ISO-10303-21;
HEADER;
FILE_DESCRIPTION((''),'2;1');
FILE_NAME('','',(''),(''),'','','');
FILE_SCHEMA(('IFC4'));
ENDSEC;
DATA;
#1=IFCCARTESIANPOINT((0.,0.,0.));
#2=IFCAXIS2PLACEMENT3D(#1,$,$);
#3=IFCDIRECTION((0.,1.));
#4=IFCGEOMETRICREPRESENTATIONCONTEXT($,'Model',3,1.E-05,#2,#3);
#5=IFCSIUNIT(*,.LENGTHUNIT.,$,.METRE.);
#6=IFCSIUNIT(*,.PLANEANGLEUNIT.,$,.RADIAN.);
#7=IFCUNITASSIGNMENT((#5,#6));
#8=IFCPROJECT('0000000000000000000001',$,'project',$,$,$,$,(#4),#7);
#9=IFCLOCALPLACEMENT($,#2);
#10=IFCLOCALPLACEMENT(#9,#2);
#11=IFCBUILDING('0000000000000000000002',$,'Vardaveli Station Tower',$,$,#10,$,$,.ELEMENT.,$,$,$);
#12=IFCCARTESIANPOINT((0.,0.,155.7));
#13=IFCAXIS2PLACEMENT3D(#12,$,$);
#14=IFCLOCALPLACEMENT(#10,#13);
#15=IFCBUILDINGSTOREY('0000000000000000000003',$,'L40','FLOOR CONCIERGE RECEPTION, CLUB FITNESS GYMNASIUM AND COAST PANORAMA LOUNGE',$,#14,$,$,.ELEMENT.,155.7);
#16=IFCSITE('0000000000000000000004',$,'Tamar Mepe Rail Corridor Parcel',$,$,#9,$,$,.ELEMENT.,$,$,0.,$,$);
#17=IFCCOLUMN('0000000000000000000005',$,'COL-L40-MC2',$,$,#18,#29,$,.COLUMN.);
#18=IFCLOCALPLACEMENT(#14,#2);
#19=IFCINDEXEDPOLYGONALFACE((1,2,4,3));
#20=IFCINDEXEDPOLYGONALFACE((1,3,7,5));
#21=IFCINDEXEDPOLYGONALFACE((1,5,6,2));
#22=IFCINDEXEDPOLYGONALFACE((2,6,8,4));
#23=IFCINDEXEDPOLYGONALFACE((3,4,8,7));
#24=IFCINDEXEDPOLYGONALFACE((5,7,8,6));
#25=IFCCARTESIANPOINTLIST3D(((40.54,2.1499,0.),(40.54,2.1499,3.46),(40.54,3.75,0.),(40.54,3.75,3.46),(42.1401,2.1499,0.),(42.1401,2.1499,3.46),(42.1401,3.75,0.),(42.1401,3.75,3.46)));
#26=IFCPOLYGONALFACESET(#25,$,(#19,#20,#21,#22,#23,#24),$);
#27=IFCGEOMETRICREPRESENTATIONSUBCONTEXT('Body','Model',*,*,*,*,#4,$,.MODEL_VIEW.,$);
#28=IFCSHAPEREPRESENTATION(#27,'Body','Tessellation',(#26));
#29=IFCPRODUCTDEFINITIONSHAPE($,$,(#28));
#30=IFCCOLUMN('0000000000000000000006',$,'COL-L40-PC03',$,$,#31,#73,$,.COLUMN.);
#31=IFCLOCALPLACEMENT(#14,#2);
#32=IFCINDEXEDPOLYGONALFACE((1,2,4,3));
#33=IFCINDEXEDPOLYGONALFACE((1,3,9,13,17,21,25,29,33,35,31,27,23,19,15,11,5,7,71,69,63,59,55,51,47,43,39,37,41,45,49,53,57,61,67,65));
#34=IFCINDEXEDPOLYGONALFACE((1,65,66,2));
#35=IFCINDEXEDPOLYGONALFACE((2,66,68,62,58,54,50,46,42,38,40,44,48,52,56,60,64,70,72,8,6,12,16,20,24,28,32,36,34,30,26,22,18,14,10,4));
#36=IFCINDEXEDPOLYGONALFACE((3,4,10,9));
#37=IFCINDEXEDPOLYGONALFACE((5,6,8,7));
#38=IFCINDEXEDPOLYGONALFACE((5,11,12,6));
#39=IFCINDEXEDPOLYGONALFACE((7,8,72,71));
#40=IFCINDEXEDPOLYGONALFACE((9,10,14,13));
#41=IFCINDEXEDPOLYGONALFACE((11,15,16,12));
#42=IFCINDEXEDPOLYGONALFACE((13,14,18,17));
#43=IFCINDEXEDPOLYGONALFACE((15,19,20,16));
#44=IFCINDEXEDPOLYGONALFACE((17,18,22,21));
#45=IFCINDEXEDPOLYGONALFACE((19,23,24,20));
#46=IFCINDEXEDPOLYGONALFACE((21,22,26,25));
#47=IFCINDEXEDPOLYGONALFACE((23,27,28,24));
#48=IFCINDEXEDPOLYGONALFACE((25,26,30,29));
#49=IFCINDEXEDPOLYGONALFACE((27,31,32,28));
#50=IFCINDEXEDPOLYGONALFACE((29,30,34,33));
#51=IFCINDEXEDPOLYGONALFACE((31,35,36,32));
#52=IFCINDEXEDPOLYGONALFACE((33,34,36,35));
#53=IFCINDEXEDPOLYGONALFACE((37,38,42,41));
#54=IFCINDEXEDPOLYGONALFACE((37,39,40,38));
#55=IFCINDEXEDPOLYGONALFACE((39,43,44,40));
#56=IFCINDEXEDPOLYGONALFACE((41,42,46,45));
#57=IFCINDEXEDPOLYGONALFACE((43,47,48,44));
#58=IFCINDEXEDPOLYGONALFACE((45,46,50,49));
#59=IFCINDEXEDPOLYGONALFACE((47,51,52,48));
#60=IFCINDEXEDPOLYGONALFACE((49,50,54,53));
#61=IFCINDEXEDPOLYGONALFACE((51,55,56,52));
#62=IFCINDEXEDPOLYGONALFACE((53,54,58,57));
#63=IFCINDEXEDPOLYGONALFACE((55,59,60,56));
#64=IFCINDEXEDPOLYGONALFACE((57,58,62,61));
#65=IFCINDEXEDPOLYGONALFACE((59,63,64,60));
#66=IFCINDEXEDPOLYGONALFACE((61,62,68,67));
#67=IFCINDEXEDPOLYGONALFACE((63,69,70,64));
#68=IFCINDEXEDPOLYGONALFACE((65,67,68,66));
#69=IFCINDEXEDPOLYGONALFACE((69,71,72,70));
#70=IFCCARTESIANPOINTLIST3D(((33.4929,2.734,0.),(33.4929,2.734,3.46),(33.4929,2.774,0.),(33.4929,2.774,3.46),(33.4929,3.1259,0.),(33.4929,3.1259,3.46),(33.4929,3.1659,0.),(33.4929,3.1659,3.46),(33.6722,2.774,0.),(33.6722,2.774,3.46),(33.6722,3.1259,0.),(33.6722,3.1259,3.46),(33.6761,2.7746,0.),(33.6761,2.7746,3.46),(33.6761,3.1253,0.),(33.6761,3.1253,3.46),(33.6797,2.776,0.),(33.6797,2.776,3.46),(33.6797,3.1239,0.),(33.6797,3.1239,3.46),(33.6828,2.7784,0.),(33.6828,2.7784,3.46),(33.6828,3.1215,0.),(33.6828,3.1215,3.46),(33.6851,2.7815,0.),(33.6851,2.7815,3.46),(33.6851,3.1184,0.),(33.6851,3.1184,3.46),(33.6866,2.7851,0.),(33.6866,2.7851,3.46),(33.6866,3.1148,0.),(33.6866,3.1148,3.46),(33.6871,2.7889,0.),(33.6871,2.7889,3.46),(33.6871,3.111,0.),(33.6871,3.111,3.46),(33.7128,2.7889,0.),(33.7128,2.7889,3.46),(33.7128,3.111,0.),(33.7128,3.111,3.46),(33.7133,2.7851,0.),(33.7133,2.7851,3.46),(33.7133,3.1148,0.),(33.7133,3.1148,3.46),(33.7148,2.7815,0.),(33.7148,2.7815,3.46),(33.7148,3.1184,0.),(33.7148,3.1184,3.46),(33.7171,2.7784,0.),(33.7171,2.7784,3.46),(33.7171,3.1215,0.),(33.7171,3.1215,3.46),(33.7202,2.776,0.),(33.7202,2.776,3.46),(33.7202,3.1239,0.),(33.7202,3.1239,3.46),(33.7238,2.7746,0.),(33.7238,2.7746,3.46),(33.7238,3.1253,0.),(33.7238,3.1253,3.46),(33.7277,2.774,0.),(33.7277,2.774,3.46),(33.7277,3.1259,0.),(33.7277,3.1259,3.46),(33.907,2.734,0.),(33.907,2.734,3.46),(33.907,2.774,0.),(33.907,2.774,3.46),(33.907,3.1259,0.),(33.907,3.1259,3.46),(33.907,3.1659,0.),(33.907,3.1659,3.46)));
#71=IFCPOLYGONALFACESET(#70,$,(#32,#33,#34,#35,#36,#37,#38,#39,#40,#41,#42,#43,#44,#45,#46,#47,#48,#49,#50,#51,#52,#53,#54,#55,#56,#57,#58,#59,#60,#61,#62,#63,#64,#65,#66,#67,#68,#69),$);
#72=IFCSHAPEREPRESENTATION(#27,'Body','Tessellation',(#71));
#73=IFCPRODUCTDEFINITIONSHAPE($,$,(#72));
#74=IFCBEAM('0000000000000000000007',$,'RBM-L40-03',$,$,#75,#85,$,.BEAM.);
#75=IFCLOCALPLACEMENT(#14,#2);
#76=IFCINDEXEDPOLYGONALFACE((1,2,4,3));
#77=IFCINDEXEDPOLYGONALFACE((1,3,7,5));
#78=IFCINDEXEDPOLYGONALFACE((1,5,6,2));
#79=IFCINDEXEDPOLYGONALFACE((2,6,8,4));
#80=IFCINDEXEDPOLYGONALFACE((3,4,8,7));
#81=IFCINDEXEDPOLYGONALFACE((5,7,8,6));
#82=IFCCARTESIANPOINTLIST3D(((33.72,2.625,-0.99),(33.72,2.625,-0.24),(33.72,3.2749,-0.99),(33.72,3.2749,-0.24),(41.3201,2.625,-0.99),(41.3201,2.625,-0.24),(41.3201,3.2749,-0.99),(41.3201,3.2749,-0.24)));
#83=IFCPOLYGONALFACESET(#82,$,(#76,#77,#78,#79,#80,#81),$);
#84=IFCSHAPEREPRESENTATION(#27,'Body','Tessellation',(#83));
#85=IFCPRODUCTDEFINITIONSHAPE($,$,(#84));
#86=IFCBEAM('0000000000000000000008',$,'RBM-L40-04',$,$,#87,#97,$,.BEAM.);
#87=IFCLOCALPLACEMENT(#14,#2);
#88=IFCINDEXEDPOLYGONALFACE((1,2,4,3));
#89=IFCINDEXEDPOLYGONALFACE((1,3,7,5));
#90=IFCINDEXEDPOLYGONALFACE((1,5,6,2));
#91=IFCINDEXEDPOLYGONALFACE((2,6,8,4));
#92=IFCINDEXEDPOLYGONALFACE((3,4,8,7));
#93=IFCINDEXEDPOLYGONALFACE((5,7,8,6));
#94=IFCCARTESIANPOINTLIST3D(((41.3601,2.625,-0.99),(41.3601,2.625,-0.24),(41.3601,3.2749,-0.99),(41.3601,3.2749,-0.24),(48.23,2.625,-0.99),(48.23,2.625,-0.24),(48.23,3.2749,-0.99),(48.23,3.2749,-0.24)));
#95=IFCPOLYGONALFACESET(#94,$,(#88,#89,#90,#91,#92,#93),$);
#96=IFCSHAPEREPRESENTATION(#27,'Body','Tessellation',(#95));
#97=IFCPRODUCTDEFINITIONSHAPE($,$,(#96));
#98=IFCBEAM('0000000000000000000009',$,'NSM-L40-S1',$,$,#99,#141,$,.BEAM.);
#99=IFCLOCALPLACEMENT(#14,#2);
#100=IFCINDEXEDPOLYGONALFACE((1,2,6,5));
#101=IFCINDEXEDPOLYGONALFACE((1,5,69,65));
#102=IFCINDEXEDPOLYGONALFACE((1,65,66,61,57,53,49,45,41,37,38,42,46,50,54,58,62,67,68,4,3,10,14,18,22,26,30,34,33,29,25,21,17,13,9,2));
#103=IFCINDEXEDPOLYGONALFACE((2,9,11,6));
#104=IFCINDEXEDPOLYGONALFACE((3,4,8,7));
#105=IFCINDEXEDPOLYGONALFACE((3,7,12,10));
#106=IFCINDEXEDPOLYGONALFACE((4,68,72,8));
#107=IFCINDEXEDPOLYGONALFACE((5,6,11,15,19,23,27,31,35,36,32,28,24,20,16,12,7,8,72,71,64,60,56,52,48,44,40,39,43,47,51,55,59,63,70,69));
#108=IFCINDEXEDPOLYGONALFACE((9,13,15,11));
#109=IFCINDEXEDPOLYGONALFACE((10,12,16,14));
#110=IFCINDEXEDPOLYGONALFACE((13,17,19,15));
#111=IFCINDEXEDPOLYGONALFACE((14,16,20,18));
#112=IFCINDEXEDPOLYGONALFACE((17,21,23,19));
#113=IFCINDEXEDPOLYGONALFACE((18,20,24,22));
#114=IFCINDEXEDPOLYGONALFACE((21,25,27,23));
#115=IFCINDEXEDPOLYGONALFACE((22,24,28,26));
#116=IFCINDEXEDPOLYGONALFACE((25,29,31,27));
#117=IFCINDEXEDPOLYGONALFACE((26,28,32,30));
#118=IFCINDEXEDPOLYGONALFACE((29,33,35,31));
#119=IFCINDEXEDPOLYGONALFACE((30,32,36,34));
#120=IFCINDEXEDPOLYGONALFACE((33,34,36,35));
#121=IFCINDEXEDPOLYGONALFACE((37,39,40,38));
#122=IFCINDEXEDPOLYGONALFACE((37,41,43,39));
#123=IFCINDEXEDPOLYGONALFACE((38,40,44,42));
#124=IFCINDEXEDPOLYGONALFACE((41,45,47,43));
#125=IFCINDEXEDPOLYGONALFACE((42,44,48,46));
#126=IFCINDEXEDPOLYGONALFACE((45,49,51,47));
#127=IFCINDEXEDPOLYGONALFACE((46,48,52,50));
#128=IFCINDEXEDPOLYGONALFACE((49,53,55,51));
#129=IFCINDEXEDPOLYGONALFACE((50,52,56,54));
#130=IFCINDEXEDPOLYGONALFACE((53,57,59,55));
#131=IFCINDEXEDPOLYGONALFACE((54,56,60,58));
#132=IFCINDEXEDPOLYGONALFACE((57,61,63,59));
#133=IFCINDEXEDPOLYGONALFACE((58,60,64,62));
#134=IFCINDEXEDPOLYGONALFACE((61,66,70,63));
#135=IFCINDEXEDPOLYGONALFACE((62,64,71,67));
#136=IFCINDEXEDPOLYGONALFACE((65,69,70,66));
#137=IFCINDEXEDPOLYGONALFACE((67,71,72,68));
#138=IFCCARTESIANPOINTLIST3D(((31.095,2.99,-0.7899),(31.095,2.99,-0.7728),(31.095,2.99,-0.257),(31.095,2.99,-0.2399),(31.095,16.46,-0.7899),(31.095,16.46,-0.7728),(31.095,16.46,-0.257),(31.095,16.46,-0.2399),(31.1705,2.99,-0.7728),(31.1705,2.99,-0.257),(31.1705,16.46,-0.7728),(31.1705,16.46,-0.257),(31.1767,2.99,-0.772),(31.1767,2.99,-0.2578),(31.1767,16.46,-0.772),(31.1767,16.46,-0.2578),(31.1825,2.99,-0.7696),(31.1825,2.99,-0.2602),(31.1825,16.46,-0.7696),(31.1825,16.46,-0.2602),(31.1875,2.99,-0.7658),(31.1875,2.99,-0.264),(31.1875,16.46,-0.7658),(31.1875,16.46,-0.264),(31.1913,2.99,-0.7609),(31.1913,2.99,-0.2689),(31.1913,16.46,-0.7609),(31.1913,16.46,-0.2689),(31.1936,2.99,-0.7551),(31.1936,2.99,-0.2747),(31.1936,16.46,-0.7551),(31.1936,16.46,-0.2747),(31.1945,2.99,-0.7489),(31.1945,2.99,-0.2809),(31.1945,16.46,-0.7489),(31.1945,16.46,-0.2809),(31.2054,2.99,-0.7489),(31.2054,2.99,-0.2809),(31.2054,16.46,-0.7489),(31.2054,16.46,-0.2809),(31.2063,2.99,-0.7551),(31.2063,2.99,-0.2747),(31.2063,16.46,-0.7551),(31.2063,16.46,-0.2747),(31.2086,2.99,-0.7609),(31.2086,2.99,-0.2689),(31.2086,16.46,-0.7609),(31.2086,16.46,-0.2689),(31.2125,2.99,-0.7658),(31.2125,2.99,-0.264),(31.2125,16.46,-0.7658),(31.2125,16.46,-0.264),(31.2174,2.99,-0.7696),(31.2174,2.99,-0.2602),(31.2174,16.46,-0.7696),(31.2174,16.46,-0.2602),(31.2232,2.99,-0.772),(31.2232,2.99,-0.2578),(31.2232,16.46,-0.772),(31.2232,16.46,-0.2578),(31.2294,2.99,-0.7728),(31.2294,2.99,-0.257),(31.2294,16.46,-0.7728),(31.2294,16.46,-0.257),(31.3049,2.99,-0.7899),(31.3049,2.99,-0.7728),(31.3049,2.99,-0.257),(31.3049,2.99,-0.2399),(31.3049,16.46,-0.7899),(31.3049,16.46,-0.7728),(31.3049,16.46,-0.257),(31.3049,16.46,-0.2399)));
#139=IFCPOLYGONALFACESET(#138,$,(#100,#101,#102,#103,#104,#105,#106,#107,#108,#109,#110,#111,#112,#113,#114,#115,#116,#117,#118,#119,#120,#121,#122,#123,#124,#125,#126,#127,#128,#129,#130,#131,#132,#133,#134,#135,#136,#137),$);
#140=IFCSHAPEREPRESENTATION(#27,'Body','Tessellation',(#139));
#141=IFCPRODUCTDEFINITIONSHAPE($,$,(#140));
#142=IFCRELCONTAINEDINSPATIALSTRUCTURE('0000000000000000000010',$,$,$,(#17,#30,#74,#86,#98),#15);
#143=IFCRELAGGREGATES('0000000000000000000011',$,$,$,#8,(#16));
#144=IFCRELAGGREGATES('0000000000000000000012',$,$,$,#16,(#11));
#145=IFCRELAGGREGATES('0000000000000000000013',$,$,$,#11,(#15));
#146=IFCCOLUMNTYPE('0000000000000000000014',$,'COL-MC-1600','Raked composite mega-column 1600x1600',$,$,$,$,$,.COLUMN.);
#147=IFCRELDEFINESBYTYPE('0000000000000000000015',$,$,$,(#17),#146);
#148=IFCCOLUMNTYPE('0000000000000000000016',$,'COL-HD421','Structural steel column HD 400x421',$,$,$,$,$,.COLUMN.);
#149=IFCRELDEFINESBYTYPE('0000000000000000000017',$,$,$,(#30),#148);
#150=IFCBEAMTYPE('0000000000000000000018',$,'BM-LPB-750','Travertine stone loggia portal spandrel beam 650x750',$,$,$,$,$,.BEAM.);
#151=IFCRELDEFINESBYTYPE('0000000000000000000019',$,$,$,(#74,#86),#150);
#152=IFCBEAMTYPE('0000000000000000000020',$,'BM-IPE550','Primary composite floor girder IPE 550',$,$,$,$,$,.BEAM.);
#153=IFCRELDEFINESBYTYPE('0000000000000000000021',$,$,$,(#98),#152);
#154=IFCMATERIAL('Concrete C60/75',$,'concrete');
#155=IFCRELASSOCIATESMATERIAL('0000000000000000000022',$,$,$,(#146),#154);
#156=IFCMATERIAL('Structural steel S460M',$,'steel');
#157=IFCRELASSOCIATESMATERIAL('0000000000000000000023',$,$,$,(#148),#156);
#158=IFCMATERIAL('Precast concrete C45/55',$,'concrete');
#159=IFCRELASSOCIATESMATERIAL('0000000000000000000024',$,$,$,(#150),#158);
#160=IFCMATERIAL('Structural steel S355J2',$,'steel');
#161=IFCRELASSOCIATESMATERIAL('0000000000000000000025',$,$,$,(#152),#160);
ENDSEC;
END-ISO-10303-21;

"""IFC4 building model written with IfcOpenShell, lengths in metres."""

from ifc_helpers import new_model, si_unit, direction, frame, origin, origin_2d, place, context, subcontext, project, spatial, rectangle, i_section, extrude, source, transform, mapped, material, material_profile, profile_set, type_object, element, save


model = new_model("IFC4")

# Units and contexts
model_context = context("Model", 3, precision=1e-05, world=origin(), true_north=direction((0.0, 1.0)))
body_context = subcontext(model_context, "Body", "Model", "MODEL_VIEW")
ifc_project = project(units=[si_unit("LENGTHUNIT", "METRE"), si_unit("PLANEANGLEUNIT", "RADIAN")], contexts=[model_context])

# Site, building, storey
site_placement = place(None, origin())
site = spatial("IfcSite", under=ifc_project, at=site_placement, Name="Tamar Mepe Rail Corridor Parcel", CompositionType="ELEMENT", RefElevation=0.0)
building_placement = place(site_placement, origin())
building = spatial("IfcBuilding", under=site, at=building_placement, Name="Vardaveli Station Tower", CompositionType="ELEMENT")
storey_placement = place(building_placement, frame((0.0, 0.0, 155.7)))
storey = spatial("IfcBuildingStorey", under=building, at=storey_placement, Name="L40", Description="FLOOR CONCIERGE RECEPTION, CLUB FITNESS GYMNASIUM AND COAST PANORAMA LOUNGE", CompositionType="ELEMENT", Elevation=155.7)

# Columns
ifc_material_1 = material(Name="Concrete C60/75", Category="concrete")
ifc_material_profile_1 = material_profile(ifc_material_1, rectangle(XDim=1.6001, YDim=1.6001, at=origin_2d()), Name="MC 1600x1600")
ifc_profile_set_1 = profile_set([ifc_material_profile_1], Name="Concrete C60/75")
column_type_1 = type_object("IfcColumnType", Name="COL-MC-1600", Description="Raked composite mega-column 1600x1600", PredefinedType="COLUMN", material=ifc_profile_set_1)
shared_shape_1 = source(origin(), body_context, "Body", "SweptSolid", [
    extrude(rectangle(XDim=1.6001, YDim=1.6001, at=origin_2d()), origin(), (0.0, 0.0, 1.0), 3.46),
])
column_1_placement = place(storey_placement, frame((41.3401, 2.95, 0.0), z_axis=(0.0, 0.0, 1.0), x_axis=(1.0, 0.0, 0.0)))
element("IfcColumn", 1, at=column_1_placement, inside=storey, type_object=column_type_1, Name="COL-L40-MC2", PredefinedType="COLUMN", context=body_context, shape_type="MappedRepresentation", body=[
    mapped(shared_shape_1, transform((0.0, 0.0, 0.0), scale=1.0)),
])
ifc_material_2 = material(Name="Structural steel S460M", Category="steel")
ifc_material_profile_2 = material_profile(ifc_material_2, i_section(OverallWidth=0.4141, OverallDepth=0.4319, WebThickness=0.0256, FlangeThickness=0.04, FilletRadius=0.0149, at=origin_2d()), Name="HD 400x421")
ifc_profile_set_2 = profile_set([ifc_material_profile_2], Name="Structural steel S460M")
column_type_2 = type_object("IfcColumnType", Name="COL-HD421", Description="Structural steel column HD 400x421", PredefinedType="COLUMN", material=ifc_profile_set_2)
shared_shape_2 = source(origin(), body_context, "Body", "SweptSolid", [
    extrude(i_section(OverallWidth=0.4141, OverallDepth=0.4319, WebThickness=0.0256, FlangeThickness=0.04, FilletRadius=0.0149, at=origin_2d()), origin(), (0.0, 0.0, 1.0), 3.46),
])
column_2_placement = place(storey_placement, frame((33.7, 2.95, 0.0), z_axis=(0.0, 0.0, 1.0), x_axis=(1.0, 0.0, 0.0)))
element("IfcColumn", 2, at=column_2_placement, inside=storey, type_object=column_type_2, Name="COL-L40-PC03", PredefinedType="COLUMN", context=body_context, shape_type="MappedRepresentation", body=[
    mapped(shared_shape_2, transform((0.0, 0.0, 0.0), scale=1.0)),
])

# Beams
ifc_material_3 = material(Name="Precast concrete C45/55", Category="concrete")
ifc_material_profile_3 = material_profile(ifc_material_3, rectangle(XDim=0.6499, YDim=0.75, at=origin_2d()), Name="LPB 650x750")
ifc_profile_set_3 = profile_set([ifc_material_profile_3], Name="Precast concrete C45/55")
beam_type_1 = type_object("IfcBeamType", Name="BM-LPB-750", Description="Travertine stone loggia portal spandrel beam 650x750", PredefinedType="BEAM", material=ifc_profile_set_3)
shared_shape_3 = source(origin(), body_context, "Body", "SweptSolid", [
    extrude(rectangle(XDim=0.6499, YDim=0.75, at=origin_2d()), origin(), (0.0, 0.0, 1.0), 7.6001),
])
beam_1_placement = place(storey_placement, frame((33.72, 2.95, -0.615), z_axis=(1.0, 0.0, 0.0), x_axis=(0.0, 1.0, 0.0)))
element("IfcBeam", 3, at=beam_1_placement, inside=storey, type_object=beam_type_1, Name="RBM-L40-03", PredefinedType="BEAM", context=body_context, shape_type="MappedRepresentation", body=[
    mapped(shared_shape_3, transform((0.0, 0.0, 0.0), scale=1.0)),
])
shared_shape_4 = source(origin(), body_context, "Body", "SweptSolid", [
    extrude(rectangle(XDim=0.6499, YDim=0.75, at=origin_2d()), origin(), (0.0, 0.0, 1.0), 6.8699),
])
beam_2_placement = place(storey_placement, frame((41.3601, 2.95, -0.615), z_axis=(1.0, 0.0, 0.0), x_axis=(0.0, 1.0, 0.0)))
element("IfcBeam", 4, at=beam_2_placement, inside=storey, type_object=beam_type_1, Name="RBM-L40-04", PredefinedType="BEAM", context=body_context, shape_type="MappedRepresentation", body=[
    mapped(shared_shape_4, transform((0.0, 0.0, 0.0), scale=1.0)),
])
ifc_material_4 = material(Name="Structural steel S355J2", Category="steel")
ifc_material_profile_4 = material_profile(ifc_material_4, i_section(OverallWidth=0.21, OverallDepth=0.55, WebThickness=0.011, FlangeThickness=0.0171, FilletRadius=0.0239, at=origin_2d()), Name="IPE 550")
ifc_profile_set_4 = profile_set([ifc_material_profile_4], Name="Structural steel S355J2")
beam_type_2 = type_object("IfcBeamType", Name="BM-IPE550", Description="Primary composite floor girder IPE 550", PredefinedType="BEAM", material=ifc_profile_set_4)
shared_shape_5 = source(origin(), body_context, "Body", "SweptSolid", [
    extrude(i_section(OverallWidth=0.21, OverallDepth=0.55, WebThickness=0.011, FlangeThickness=0.0171, FilletRadius=0.0239, at=origin_2d()), origin(), (0.0, 0.0, 1.0), 13.47),
])
beam_3_placement = place(storey_placement, frame((31.2, 2.99, -0.5149), z_axis=(0.0, 1.0, 0.0), x_axis=(-1.0, 0.0, 0.0)))
element("IfcBeam", 5, at=beam_3_placement, inside=storey, type_object=beam_type_2, Name="NSM-L40-S1", PredefinedType="BEAM", context=body_context, shape_type="MappedRepresentation", body=[
    mapped(shared_shape_5, transform((0.0, 0.0, 0.0), scale=1.0)),
])

save(model, "model.ifc")
